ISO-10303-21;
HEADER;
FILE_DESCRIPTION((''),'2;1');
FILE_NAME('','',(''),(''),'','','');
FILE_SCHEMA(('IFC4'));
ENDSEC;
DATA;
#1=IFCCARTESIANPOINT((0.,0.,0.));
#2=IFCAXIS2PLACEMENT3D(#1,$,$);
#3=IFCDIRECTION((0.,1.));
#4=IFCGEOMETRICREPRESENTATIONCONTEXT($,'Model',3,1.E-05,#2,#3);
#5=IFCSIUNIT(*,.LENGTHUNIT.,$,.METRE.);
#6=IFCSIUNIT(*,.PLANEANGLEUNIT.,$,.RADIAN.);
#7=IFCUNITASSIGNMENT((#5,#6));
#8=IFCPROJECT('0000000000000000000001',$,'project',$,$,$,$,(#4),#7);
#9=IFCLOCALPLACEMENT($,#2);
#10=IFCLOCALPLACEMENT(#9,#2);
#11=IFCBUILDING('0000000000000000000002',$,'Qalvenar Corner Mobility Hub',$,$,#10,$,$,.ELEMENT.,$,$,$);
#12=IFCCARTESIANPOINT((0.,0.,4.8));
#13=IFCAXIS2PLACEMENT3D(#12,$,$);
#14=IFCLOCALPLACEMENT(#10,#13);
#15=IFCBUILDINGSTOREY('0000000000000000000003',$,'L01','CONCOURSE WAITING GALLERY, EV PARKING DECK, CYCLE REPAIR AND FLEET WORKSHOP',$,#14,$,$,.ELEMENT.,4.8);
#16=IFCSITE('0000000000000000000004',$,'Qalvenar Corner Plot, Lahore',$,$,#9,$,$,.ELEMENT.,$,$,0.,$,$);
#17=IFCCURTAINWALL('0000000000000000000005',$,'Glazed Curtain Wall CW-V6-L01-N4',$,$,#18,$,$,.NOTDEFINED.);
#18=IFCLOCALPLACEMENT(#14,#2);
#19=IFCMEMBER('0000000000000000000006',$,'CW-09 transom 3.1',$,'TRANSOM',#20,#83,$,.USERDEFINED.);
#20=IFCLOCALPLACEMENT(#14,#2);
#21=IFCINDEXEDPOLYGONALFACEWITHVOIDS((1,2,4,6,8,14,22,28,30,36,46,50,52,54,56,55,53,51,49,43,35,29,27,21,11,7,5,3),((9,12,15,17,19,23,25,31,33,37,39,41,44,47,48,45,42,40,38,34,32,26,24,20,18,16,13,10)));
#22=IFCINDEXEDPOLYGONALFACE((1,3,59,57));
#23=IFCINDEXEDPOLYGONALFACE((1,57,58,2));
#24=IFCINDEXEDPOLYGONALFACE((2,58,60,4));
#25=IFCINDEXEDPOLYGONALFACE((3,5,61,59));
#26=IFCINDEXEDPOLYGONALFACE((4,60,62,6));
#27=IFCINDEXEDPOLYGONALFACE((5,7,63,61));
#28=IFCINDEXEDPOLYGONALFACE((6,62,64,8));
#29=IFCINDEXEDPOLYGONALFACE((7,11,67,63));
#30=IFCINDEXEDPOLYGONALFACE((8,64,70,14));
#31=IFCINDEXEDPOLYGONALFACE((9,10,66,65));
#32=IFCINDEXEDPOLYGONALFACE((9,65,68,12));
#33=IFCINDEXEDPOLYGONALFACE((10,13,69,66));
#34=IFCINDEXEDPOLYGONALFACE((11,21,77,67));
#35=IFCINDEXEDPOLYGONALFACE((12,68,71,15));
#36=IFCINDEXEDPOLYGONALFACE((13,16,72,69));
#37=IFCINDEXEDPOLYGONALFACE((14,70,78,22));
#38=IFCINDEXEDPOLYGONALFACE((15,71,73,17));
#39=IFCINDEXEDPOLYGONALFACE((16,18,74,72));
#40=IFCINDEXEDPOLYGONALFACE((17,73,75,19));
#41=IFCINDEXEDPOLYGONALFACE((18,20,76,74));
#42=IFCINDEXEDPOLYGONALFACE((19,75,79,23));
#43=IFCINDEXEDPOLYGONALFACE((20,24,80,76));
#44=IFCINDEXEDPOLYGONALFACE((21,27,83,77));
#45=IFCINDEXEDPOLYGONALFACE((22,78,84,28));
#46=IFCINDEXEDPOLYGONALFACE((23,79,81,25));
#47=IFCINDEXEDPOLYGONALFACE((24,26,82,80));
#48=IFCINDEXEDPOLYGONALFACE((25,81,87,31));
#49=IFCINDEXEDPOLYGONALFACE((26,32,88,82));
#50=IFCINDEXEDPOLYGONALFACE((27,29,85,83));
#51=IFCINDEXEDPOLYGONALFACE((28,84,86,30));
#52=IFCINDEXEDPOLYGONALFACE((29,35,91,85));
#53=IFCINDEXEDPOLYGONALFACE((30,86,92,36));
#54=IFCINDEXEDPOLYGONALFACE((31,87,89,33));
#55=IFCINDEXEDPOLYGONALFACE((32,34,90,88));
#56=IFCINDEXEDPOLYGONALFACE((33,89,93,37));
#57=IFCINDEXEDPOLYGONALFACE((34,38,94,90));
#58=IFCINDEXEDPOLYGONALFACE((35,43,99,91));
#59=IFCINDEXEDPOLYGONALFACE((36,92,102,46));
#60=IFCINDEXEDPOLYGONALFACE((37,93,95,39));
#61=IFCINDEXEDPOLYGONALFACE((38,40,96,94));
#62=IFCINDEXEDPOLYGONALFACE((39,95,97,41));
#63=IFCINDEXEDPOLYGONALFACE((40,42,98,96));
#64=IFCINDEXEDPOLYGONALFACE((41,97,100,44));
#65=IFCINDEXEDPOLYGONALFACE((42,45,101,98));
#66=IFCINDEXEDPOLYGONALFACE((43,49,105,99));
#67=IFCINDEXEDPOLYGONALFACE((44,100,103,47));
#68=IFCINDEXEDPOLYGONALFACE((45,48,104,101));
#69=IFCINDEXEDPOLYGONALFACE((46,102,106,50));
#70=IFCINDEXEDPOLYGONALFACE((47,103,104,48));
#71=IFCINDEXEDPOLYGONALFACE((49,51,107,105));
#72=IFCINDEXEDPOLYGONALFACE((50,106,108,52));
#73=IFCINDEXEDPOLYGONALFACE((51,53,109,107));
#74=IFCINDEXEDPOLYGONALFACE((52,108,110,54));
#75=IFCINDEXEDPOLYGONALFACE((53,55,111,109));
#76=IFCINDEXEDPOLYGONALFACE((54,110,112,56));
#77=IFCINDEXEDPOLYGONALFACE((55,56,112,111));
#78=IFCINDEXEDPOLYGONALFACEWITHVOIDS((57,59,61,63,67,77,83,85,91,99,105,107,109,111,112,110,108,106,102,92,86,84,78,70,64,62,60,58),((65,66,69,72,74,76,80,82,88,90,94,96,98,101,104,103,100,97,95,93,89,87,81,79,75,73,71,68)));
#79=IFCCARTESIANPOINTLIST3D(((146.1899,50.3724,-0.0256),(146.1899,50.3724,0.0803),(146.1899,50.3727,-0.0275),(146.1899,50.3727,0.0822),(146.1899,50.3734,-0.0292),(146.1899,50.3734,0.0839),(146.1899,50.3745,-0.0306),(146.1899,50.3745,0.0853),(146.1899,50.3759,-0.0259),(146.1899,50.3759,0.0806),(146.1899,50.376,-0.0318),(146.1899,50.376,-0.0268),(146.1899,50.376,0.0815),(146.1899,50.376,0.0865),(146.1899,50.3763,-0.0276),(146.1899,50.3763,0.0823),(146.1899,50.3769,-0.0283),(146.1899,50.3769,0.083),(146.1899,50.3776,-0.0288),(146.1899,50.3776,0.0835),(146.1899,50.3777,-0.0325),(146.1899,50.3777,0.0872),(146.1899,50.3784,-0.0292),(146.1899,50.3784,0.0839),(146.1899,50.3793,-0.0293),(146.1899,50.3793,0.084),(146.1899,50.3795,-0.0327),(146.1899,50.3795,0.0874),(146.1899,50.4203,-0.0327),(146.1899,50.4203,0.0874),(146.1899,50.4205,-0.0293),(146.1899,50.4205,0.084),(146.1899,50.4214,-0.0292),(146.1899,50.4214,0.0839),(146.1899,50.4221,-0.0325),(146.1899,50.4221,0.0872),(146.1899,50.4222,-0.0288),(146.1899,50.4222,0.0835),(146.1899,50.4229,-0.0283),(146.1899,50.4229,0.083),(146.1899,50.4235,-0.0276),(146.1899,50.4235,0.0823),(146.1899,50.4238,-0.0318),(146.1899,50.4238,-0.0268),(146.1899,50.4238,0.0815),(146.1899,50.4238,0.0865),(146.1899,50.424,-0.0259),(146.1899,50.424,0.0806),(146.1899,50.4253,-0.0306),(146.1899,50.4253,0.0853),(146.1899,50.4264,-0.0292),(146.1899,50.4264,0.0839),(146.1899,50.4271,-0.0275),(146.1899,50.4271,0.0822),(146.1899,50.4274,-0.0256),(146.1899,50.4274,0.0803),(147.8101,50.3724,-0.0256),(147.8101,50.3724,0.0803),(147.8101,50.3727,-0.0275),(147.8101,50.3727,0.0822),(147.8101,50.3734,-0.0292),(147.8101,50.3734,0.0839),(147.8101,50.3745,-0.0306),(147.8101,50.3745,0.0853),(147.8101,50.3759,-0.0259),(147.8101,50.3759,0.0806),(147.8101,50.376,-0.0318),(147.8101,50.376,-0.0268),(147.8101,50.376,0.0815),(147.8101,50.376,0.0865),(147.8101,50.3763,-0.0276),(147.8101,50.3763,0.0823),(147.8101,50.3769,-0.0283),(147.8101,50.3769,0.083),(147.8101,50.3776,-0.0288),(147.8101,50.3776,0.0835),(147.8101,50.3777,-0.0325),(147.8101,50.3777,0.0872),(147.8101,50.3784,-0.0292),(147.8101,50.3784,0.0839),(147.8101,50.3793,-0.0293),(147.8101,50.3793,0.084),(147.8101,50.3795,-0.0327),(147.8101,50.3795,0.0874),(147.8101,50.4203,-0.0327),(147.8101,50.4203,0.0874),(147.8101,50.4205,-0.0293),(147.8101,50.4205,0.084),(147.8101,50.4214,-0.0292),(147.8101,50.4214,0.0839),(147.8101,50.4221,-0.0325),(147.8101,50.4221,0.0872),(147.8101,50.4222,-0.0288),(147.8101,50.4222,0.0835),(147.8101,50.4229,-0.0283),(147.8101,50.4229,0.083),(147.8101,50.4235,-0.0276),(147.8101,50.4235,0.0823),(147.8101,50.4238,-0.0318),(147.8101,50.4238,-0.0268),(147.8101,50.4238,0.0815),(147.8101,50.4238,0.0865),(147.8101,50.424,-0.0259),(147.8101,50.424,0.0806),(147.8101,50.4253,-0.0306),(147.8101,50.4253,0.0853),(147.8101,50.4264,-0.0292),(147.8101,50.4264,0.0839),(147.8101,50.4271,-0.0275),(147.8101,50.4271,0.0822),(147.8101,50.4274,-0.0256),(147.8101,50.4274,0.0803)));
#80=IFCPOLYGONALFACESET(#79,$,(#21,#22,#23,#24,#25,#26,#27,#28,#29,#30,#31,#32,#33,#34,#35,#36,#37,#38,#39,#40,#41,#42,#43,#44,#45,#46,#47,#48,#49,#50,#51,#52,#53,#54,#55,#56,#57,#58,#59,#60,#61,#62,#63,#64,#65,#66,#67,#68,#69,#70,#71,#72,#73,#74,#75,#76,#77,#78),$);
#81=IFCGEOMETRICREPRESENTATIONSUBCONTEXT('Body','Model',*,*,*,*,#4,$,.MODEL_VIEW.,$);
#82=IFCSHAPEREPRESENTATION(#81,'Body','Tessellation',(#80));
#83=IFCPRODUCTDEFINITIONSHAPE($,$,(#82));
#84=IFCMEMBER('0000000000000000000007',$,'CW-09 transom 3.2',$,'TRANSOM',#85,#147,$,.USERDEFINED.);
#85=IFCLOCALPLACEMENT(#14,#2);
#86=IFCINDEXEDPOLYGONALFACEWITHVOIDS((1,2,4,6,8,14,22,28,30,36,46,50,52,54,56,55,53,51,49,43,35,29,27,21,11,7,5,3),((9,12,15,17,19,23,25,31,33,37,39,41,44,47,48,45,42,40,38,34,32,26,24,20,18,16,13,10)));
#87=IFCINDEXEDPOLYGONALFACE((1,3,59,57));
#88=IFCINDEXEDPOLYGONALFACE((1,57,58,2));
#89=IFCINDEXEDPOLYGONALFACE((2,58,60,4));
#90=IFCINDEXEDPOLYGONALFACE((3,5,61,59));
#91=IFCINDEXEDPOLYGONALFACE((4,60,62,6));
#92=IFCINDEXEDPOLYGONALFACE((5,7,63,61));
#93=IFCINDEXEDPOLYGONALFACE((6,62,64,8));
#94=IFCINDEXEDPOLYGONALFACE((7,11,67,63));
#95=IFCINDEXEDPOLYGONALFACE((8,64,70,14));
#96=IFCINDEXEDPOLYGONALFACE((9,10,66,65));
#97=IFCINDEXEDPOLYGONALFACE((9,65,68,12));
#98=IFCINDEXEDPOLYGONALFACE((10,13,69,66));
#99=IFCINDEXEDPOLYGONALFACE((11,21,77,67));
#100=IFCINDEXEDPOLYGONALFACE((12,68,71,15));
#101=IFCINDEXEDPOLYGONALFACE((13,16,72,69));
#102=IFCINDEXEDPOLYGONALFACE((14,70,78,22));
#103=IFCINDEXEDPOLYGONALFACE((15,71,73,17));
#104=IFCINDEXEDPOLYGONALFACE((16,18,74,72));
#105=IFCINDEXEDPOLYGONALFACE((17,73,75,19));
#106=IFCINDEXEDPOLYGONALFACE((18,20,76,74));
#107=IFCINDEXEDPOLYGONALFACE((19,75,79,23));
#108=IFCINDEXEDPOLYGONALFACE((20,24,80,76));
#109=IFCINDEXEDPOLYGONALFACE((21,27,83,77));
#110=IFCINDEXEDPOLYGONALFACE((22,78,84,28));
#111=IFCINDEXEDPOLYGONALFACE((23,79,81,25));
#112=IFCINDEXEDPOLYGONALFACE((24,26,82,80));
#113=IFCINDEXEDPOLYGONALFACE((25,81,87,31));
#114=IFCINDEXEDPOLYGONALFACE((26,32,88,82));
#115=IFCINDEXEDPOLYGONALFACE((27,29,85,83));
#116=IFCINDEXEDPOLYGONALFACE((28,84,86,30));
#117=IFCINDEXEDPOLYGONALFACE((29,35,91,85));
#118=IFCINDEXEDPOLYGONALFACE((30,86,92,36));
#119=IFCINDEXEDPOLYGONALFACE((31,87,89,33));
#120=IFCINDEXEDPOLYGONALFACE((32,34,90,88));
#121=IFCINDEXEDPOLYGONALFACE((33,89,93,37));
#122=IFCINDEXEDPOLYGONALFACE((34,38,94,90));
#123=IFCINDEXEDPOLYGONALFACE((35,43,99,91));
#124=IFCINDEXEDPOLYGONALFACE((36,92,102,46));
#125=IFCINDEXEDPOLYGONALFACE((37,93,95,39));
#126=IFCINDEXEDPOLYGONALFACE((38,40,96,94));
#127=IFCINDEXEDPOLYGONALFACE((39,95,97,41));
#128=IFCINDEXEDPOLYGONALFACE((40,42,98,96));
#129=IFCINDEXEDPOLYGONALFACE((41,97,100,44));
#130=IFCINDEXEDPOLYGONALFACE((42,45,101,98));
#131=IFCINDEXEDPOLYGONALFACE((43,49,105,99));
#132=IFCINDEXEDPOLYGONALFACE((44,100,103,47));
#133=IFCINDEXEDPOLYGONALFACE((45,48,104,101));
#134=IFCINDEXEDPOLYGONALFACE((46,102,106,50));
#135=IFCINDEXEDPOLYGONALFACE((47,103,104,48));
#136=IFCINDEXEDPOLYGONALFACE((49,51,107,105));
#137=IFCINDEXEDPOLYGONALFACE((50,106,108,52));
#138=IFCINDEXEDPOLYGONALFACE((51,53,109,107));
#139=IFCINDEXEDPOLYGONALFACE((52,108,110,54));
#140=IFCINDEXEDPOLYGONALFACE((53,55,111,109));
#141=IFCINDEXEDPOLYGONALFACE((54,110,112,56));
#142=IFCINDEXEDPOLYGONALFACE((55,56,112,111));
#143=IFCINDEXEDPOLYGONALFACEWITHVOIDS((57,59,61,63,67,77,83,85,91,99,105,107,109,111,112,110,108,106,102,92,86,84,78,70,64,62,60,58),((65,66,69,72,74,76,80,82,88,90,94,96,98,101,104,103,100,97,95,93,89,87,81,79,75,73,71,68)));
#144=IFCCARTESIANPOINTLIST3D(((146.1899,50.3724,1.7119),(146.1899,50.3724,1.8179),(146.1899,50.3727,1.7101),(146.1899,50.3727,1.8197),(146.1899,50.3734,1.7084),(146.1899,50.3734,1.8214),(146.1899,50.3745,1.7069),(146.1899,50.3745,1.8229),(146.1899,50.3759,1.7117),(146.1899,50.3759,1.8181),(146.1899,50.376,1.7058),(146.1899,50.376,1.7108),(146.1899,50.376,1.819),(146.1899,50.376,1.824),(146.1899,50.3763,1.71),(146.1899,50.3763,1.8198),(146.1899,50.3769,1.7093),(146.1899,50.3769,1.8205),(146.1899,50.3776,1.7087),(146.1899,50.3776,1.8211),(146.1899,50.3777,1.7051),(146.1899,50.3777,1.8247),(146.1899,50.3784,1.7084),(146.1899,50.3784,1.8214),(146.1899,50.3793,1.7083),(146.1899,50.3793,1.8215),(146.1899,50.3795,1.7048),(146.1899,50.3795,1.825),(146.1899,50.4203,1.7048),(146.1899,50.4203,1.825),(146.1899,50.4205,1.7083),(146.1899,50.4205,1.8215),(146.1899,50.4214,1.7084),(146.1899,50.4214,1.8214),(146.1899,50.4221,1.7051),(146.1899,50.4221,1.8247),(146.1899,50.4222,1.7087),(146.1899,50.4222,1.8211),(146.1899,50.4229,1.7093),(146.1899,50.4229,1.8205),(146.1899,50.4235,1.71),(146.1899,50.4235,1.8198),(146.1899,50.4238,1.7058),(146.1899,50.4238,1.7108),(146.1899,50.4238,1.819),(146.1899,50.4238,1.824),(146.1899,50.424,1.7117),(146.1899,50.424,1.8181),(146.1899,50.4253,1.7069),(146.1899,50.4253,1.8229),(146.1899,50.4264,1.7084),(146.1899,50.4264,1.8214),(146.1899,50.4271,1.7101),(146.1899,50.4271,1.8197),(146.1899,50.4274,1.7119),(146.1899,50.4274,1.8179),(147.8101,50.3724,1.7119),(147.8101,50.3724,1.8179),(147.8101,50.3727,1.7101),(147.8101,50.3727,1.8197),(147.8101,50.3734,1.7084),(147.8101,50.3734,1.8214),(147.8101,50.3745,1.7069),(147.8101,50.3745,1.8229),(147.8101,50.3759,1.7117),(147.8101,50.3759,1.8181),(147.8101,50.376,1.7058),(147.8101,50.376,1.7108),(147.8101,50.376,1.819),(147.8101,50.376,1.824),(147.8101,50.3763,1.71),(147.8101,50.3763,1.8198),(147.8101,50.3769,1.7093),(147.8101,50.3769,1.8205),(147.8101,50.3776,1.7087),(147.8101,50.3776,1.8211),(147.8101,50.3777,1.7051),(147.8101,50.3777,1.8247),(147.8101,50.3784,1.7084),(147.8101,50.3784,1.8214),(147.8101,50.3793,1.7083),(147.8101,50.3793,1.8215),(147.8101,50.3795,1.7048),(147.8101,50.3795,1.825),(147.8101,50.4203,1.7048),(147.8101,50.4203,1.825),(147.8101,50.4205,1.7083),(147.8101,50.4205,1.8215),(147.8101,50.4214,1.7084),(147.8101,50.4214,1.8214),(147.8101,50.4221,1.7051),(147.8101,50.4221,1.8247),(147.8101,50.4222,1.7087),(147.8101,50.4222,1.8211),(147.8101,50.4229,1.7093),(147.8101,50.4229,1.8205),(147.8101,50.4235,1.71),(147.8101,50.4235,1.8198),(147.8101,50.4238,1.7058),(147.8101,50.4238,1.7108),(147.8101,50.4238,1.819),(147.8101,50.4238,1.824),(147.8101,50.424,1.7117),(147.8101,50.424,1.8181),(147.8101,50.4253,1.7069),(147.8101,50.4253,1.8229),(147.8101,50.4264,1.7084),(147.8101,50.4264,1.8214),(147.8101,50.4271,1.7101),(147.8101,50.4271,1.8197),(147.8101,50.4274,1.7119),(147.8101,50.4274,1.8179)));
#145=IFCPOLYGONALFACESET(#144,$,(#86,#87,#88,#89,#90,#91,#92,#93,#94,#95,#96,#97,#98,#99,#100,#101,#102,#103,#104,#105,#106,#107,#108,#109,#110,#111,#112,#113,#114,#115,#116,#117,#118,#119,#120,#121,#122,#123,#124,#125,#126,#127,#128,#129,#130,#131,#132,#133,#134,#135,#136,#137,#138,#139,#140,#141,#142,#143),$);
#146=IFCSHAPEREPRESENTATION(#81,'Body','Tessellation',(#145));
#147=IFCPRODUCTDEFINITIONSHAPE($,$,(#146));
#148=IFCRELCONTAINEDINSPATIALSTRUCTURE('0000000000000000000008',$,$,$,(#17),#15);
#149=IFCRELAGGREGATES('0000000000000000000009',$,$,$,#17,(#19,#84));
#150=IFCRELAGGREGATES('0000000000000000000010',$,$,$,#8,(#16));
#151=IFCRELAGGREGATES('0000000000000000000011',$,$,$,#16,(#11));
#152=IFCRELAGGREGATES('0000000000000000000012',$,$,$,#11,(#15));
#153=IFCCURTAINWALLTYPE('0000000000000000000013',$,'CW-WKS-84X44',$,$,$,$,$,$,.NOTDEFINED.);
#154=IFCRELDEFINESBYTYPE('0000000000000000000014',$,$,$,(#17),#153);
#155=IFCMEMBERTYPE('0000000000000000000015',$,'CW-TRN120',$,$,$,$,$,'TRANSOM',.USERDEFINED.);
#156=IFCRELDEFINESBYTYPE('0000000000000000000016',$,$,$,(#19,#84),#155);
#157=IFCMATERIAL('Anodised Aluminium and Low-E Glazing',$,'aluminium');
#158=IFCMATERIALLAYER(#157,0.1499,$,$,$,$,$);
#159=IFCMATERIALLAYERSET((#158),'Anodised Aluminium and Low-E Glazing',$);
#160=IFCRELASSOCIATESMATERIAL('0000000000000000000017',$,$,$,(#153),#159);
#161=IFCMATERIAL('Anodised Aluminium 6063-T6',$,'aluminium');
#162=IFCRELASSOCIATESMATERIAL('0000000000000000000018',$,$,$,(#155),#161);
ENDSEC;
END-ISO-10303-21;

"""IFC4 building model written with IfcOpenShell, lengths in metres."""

from ifc_helpers import new_model, si_unit, direction, frame, origin, origin_2d, place, context, subcontext, project, spatial, hollow_rectangle, extrude, material, layer, layer_set, material_profile, profile_set, type_object, element, aggregate, save


model = new_model("IFC4")

# Units and contexts
model_context = context("Model", 3, precision=1e-05, world=origin(), true_north=direction((0.0, 1.0)))
body_context = subcontext(model_context, "Body", "Model", "MODEL_VIEW")
ifc_project = project(units=[si_unit("LENGTHUNIT", "METRE"), si_unit("PLANEANGLEUNIT", "RADIAN")], contexts=[model_context])

# Site, building, storey
site_placement = place(None, origin())
site = spatial("IfcSite", under=ifc_project, at=site_placement, Name="Qalvenar Corner Plot, Lahore", CompositionType="ELEMENT", RefElevation=0.0)
building_placement = place(site_placement, origin())
building = spatial("IfcBuilding", under=site, at=building_placement, Name="Qalvenar Corner Mobility Hub", CompositionType="ELEMENT")
storey_placement = place(building_placement, frame((0.0, 0.0, 4.8)))
storey = spatial("IfcBuildingStorey", under=building, at=storey_placement, Name="L01", Description="CONCOURSE WAITING GALLERY, EV PARKING DECK, CYCLE REPAIR AND FLEET WORKSHOP", CompositionType="ELEMENT", Elevation=4.8)

# Curtain wall, members
ifc_material_1 = material(Name="Anodised Aluminium and Low-E Glazing", Category="aluminium")
ifc_layer_1 = layer(ifc_material_1, 0.1499)
ifc_layer_set_1 = layer_set([ifc_layer_1], Name="Anodised Aluminium and Low-E Glazing")
curtain_wall_type = type_object("IfcCurtainWallType", Name="CW-WKS-84X44", PredefinedType="NOTDEFINED", material=ifc_layer_set_1)
curtain_wall_placement = place(storey_placement, origin())
curtain_wall = element("IfcCurtainWall", 1, at=curtain_wall_placement, inside=storey, type_object=curtain_wall_type, Name="Glazed Curtain Wall CW-V6-L01-N4", PredefinedType="NOTDEFINED")
ifc_material_2 = material(Name="Anodised Aluminium 6063-T6", Category="aluminium")
ifc_material_profile_1 = material_profile(ifc_material_2, hollow_rectangle(XDim=0.0549, YDim=0.1201, WallThickness=0.0034, InnerFilletRadius=0.0034, OuterFilletRadius=0.0071, at=origin_2d()), Name="RHS120x55x3.5")
ifc_profile_set_1 = profile_set([ifc_material_profile_1], Name="Anodised Aluminium 6063-T6")
member_type_1 = type_object("IfcMemberType", Name="CW-TRN120", ElementType="TRANSOM", PredefinedType="USERDEFINED", material=ifc_profile_set_1)
member_1_placement = place(storey_placement, frame((147.8101, 50.3999, 0.0273), z_axis=(-1.0, 0.0, 0.0), x_axis=(0.0, -1.0, 0.0)))
member_1 = element("IfcMember", 2, at=member_1_placement, type_object=member_type_1, Name="CW-09 transom 3.1", ObjectType="TRANSOM", PredefinedType="USERDEFINED", context=body_context, shape_type="SweptSolid", body=[
    extrude(hollow_rectangle(XDim=0.0549, YDim=0.1201, WallThickness=0.0034, InnerFilletRadius=0.0034, OuterFilletRadius=0.0071, at=origin_2d()), origin(), (0.0, 0.0, 1.0), 1.6201),
])
member_2_placement = place(storey_placement, frame((147.8101, 50.3999, 1.7649), z_axis=(-1.0, 0.0, 0.0), x_axis=(0.0, -1.0, 0.0)))
member_2 = element("IfcMember", 3, at=member_2_placement, type_object=member_type_1, Name="CW-09 transom 3.2", ObjectType="TRANSOM", PredefinedType="USERDEFINED", context=body_context, shape_type="SweptSolid", body=[
    extrude(hollow_rectangle(XDim=0.0549, YDim=0.1201, WallThickness=0.0034, InnerFilletRadius=0.0034, OuterFilletRadius=0.0071, at=origin_2d()), origin(), (0.0, 0.0, 1.0), 1.6201),
])
aggregate(curtain_wall, [member_1, member_2])

save(model, "model.ifc")
